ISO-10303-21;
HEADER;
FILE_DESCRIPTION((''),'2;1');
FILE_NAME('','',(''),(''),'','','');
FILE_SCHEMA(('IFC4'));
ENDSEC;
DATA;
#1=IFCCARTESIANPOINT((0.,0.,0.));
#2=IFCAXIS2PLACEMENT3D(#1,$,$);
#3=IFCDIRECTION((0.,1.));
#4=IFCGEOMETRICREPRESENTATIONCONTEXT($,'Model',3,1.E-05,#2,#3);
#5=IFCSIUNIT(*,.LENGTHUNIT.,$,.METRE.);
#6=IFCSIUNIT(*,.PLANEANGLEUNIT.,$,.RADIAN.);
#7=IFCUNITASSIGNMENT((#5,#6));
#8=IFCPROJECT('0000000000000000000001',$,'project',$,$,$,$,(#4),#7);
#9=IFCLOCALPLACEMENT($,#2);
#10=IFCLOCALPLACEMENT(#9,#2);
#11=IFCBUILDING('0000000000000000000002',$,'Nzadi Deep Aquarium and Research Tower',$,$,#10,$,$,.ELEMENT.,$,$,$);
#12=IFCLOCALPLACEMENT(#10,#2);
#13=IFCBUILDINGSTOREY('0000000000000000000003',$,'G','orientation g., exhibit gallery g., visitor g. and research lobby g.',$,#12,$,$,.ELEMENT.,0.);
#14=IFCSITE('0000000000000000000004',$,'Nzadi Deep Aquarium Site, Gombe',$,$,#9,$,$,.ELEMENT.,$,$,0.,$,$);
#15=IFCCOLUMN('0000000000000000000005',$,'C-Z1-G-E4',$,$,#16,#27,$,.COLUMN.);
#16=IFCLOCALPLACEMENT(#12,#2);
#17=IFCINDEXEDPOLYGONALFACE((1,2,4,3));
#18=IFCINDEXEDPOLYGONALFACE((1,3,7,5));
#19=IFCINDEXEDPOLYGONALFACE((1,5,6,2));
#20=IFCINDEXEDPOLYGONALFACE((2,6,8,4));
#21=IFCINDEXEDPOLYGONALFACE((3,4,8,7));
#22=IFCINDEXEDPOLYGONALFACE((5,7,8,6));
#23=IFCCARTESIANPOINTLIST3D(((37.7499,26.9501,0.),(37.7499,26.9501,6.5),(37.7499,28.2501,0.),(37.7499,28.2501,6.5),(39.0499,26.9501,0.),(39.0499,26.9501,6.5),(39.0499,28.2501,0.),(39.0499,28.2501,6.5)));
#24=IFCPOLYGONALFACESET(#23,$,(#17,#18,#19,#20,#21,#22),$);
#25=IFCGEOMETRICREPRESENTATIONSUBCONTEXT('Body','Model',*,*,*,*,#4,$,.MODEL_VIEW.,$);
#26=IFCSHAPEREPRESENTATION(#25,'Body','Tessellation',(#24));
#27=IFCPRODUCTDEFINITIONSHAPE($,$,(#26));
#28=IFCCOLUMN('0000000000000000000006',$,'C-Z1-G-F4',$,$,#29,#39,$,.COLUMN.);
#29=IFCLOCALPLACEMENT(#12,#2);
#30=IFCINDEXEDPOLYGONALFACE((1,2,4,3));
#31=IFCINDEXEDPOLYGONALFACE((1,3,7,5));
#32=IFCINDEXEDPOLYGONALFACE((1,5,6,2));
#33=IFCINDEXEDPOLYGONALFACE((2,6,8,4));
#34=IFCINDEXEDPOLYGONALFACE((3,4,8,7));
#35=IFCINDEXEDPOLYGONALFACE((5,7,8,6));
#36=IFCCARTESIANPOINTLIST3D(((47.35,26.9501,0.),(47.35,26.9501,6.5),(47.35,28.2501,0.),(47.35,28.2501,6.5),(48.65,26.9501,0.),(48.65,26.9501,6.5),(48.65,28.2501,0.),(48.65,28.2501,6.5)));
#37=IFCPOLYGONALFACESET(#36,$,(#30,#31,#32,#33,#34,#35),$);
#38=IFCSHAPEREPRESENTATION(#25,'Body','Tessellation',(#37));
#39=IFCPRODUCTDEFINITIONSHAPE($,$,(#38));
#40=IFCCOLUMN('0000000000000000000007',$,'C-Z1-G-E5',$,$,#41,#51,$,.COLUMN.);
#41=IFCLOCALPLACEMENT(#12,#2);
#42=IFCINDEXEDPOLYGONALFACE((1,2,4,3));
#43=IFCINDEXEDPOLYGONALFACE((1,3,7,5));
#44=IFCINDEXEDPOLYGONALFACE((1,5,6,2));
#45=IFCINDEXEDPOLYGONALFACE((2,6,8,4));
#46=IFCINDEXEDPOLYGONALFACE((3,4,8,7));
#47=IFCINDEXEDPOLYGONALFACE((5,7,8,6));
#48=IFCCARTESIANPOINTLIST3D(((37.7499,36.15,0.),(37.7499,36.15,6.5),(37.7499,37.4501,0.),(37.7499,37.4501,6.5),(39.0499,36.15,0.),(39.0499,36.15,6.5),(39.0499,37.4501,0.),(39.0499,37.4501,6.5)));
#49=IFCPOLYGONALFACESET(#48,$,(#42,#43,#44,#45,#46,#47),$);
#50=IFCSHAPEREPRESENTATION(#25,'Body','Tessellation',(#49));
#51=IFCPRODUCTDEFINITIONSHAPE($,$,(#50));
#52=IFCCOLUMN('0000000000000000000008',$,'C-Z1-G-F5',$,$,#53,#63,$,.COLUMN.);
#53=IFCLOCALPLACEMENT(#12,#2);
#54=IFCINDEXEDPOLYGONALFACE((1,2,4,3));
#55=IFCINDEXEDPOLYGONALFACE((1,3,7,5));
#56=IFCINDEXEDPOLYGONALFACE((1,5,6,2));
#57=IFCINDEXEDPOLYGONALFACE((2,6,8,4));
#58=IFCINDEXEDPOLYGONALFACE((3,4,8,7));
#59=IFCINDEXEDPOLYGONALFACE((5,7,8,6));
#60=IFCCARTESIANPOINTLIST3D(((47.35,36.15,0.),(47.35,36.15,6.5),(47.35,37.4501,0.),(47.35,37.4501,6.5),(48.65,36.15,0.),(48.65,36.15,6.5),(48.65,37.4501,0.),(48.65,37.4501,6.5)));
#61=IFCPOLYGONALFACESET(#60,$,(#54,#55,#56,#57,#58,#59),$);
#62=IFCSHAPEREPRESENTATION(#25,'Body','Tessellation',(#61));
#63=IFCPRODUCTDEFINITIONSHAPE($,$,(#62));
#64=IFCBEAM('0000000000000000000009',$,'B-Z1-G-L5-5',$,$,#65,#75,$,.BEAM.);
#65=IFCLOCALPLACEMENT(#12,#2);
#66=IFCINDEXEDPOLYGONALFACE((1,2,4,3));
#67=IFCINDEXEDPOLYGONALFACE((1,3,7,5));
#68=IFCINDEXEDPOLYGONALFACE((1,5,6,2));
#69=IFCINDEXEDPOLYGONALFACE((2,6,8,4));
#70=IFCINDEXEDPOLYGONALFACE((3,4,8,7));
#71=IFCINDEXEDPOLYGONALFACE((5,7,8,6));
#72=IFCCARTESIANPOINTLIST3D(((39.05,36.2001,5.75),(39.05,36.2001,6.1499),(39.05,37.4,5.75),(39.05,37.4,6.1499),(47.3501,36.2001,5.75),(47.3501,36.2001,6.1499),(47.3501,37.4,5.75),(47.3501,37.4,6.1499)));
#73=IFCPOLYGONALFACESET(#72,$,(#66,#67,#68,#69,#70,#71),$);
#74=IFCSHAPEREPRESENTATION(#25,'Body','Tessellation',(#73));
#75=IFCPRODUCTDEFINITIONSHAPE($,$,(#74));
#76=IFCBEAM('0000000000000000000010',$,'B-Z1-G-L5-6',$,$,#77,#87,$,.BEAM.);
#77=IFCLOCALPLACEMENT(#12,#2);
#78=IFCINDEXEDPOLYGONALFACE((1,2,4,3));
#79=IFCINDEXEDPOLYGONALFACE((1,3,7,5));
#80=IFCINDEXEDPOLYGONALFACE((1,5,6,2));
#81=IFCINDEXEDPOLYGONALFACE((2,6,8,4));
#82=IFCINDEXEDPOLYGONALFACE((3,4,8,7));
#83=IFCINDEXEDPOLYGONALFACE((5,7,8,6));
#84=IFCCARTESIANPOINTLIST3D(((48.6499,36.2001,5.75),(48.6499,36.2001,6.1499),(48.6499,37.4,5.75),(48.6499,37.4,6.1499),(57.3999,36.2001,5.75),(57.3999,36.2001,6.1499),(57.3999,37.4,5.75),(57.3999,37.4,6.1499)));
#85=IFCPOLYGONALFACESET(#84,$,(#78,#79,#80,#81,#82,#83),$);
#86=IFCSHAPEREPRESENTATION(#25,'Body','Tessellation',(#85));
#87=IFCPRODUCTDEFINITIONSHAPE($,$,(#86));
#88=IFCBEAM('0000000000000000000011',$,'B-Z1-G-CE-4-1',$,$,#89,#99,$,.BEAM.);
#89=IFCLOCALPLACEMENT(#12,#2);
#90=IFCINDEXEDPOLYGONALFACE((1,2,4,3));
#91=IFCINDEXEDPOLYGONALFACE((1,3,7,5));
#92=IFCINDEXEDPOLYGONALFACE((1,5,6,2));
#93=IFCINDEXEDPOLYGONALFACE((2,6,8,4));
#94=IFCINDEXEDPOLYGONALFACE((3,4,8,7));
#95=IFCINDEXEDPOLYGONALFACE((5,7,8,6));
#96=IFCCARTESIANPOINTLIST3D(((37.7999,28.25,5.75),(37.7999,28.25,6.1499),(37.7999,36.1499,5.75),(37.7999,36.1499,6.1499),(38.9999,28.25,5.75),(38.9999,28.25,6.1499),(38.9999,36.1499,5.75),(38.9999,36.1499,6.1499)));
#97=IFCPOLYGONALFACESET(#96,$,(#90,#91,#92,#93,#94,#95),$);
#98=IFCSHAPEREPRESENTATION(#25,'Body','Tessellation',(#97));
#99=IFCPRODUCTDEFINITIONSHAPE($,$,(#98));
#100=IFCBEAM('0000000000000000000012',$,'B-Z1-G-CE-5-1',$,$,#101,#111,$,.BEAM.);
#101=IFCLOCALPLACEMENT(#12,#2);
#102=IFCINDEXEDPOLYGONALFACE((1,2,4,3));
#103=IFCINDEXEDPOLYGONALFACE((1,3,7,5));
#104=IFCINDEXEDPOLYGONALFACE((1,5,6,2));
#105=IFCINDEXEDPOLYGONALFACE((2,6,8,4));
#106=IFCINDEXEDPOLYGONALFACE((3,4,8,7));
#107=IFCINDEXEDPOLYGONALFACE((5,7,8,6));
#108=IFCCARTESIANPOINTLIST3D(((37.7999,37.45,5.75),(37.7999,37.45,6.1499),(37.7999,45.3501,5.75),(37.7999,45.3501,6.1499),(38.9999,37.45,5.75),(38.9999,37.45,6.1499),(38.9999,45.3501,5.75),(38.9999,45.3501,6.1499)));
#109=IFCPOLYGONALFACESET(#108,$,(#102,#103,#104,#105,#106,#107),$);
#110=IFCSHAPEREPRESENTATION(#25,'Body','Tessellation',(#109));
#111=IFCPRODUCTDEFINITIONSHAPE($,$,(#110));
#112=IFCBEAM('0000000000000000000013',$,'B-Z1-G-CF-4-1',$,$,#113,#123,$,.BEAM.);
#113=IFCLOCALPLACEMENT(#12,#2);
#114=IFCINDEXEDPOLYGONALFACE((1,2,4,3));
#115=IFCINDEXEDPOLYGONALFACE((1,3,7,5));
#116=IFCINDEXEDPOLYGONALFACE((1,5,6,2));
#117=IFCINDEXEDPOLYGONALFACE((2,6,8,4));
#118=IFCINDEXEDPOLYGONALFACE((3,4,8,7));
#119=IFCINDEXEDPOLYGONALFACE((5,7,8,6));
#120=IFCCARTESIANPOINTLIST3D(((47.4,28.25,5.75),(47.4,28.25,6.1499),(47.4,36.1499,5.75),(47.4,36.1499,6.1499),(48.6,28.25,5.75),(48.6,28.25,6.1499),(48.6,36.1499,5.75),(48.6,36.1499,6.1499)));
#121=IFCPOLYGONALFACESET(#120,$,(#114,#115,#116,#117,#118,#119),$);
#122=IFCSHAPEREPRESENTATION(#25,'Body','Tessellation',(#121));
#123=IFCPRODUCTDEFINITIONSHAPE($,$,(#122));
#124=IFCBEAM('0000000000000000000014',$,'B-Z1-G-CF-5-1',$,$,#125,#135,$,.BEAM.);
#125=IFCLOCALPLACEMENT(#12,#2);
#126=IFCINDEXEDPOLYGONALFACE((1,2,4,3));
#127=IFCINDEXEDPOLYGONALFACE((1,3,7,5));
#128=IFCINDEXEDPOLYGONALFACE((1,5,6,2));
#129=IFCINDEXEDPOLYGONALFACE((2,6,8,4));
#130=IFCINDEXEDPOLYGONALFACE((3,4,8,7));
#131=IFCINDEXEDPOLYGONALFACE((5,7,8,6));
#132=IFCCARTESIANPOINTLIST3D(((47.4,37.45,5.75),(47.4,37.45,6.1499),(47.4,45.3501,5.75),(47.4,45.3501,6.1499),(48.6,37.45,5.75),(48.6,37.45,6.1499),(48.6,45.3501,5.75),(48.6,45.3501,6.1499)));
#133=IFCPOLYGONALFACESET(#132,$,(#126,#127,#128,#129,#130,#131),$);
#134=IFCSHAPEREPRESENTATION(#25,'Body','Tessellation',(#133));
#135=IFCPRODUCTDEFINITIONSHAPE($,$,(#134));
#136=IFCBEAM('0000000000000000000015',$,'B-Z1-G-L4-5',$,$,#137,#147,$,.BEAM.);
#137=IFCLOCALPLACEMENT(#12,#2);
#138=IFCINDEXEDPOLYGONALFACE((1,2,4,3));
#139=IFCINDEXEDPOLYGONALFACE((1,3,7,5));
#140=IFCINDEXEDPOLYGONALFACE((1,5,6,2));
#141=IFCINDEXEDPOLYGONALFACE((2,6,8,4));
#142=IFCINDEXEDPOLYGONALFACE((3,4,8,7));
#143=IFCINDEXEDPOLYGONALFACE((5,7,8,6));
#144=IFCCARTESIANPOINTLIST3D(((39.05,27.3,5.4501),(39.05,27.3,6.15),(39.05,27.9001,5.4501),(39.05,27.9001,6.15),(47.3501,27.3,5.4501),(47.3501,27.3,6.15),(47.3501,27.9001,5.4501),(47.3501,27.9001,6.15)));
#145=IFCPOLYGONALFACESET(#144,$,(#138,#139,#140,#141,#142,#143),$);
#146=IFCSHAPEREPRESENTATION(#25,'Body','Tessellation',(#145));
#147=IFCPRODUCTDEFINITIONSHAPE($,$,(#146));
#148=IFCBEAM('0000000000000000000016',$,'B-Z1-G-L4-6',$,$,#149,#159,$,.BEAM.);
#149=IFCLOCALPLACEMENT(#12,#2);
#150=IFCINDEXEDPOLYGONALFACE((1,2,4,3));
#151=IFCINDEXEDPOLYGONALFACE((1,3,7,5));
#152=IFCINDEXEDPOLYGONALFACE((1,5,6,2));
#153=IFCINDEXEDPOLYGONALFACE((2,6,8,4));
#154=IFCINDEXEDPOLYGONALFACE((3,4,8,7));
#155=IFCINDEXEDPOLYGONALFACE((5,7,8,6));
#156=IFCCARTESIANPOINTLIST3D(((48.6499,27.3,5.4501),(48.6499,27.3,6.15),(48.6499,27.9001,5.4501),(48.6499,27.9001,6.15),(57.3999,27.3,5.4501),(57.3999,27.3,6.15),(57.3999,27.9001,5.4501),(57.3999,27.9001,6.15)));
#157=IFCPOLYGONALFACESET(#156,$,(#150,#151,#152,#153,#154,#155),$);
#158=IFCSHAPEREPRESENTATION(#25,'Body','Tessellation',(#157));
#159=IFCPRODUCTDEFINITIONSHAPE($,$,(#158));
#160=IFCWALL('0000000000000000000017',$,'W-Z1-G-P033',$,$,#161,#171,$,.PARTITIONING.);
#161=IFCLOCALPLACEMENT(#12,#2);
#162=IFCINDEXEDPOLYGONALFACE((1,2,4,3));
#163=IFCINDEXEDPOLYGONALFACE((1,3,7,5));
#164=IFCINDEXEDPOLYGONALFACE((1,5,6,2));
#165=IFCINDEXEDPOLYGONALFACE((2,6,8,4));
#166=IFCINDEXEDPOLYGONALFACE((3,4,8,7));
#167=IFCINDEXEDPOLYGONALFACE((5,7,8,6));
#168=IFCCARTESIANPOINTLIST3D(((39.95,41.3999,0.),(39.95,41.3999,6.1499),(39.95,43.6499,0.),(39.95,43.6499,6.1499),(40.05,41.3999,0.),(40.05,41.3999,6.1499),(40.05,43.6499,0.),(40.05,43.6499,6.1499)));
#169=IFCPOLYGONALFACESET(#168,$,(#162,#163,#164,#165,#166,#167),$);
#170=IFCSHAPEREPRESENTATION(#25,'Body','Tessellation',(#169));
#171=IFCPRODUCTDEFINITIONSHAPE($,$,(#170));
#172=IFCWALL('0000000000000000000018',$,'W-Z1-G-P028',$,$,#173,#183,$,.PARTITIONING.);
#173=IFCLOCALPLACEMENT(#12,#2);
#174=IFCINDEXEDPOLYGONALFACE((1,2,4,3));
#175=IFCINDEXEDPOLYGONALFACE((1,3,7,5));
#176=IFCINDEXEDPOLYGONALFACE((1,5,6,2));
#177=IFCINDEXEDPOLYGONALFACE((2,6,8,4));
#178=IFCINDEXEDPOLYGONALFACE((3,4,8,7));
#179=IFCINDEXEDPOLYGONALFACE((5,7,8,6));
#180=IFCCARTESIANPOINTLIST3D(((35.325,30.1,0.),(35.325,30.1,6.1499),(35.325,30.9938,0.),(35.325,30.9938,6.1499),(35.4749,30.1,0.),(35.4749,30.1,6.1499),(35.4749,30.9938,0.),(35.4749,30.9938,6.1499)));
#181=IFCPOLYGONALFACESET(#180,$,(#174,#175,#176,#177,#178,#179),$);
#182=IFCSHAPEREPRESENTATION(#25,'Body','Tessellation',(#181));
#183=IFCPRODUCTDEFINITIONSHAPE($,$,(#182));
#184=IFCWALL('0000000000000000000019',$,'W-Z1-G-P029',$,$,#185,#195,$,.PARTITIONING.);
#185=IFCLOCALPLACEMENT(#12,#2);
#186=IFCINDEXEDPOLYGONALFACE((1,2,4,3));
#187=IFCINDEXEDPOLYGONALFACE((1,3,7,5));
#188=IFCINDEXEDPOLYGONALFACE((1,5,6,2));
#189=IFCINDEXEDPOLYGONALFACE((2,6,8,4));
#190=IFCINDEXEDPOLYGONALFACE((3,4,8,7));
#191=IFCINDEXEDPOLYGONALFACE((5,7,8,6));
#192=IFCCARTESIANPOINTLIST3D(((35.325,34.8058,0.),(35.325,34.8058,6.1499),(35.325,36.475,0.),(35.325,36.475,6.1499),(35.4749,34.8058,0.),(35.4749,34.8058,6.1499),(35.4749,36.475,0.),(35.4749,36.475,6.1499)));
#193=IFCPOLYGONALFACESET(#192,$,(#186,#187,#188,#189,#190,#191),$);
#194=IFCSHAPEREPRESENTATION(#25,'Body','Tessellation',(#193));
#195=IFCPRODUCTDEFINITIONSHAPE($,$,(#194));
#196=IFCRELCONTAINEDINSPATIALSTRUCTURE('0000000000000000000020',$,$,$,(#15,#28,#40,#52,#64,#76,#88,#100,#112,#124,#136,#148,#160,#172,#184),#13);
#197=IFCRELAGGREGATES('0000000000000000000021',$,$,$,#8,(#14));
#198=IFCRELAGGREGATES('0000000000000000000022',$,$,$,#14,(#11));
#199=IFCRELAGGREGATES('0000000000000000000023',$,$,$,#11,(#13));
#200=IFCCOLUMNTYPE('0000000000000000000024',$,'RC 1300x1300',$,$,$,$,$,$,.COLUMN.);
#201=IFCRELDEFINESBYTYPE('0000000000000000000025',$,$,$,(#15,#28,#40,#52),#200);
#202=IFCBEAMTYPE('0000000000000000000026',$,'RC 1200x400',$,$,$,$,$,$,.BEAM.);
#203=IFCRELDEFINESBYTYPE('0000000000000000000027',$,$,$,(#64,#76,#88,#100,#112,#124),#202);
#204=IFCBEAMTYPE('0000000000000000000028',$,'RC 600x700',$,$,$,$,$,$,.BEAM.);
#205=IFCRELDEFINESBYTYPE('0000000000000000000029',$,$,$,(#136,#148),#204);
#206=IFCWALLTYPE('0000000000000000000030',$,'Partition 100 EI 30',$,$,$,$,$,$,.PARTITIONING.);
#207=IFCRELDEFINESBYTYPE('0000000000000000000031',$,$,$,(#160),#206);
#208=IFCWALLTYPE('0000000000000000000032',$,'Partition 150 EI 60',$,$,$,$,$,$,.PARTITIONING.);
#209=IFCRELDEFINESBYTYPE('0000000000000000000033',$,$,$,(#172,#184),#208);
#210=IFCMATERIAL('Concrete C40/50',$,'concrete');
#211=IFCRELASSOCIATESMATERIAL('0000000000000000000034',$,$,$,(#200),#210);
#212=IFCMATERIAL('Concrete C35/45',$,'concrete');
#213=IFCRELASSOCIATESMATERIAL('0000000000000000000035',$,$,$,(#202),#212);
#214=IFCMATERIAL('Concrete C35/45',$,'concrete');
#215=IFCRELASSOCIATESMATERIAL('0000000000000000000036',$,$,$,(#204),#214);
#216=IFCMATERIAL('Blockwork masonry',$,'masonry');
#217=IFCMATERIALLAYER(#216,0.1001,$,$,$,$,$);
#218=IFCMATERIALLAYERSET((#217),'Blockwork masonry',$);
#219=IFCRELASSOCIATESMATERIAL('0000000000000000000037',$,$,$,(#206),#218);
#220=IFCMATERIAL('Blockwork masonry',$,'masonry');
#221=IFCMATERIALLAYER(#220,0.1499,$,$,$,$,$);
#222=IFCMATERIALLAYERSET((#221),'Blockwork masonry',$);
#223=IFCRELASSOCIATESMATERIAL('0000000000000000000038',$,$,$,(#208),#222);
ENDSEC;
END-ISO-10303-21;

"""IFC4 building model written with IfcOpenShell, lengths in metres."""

from ifc_helpers import new_model, si_unit, direction, frame, frame_2d, origin, origin_2d, place, context, subcontext, project, spatial, rectangle, extrude, material, layer, layer_set, material_profile, profile_set, type_object, element, save


model = new_model("IFC4")

# Units and contexts
model_context = context("Model", 3, precision=1e-05, world=origin(), true_north=direction((0.0, 1.0)))
body_context = subcontext(model_context, "Body", "Model", "MODEL_VIEW")
ifc_project = project(units=[si_unit("LENGTHUNIT", "METRE"), si_unit("PLANEANGLEUNIT", "RADIAN")], contexts=[model_context])

# Site, building, storey
site_placement = place(None, origin())
site = spatial("IfcSite", under=ifc_project, at=site_placement, Name="Nzadi Deep Aquarium Site, Gombe", CompositionType="ELEMENT", RefElevation=0.0)
building_placement = place(site_placement, origin())
building = spatial("IfcBuilding", under=site, at=building_placement, Name="Nzadi Deep Aquarium and Research Tower", CompositionType="ELEMENT")
storey_placement = place(building_placement, origin())
storey = spatial("IfcBuildingStorey", under=building, at=storey_placement, Name="G", Description="orientation g., exhibit gallery g., visitor g. and research lobby g.", CompositionType="ELEMENT", Elevation=0.0)

# Columns
ifc_material_1 = material(Name="Concrete C40/50", Category="concrete")
ifc_material_profile_1 = material_profile(ifc_material_1, rectangle(XDim=1.3, YDim=1.3, at=origin_2d()))
ifc_profile_set_1 = profile_set([ifc_material_profile_1], Name="Concrete C40/50")
column_type = type_object("IfcColumnType", Name="RC 1300x1300", PredefinedType="COLUMN", material=ifc_profile_set_1)
for number, where, z_axis, x_axis, name in (
    (1, (38.3999, 27.6001, 0.0), (0.0, 0.0, 1.0), (1.0, 0.0, 0.0), "C-Z1-G-E4"),
    (2, (48.0, 27.6001, 0.0), (0.0, 0.0, 1.0), (1.0, 0.0, 0.0), "C-Z1-G-F4"),
    (3, (38.3999, 36.8, 0.0), (0.0, 0.0, 1.0), (1.0, 0.0, 0.0), "C-Z1-G-E5"),
    (4, (48.0, 36.8, 0.0), (0.0, 0.0, 1.0), (1.0, 0.0, 0.0), "C-Z1-G-F5"),
):
    element("IfcColumn", number, at=place(storey_placement, frame(where, z_axis=z_axis, x_axis=x_axis)), inside=storey, type_object=column_type, Name=name, PredefinedType="COLUMN", context=body_context, shape_type="SweptSolid", body=[
        extrude(rectangle(XDim=1.3, YDim=1.3, at=origin_2d()), origin(), (0.0, 0.0, 1.0), 6.5),
    ])

# Beams
ifc_material_2 = material(Name="Concrete C35/45", Category="concrete")
ifc_material_profile_2 = material_profile(ifc_material_2, rectangle(XDim=1.2, YDim=0.3999, at=origin_2d()))
ifc_profile_set_2 = profile_set([ifc_material_profile_2], Name="Concrete C35/45")
beam_type_1 = type_object("IfcBeamType", Name="RC 1200x400", PredefinedType="BEAM", material=ifc_profile_set_2)
beam_1_placement = place(storey_placement, frame((39.05, 36.8, 5.95), z_axis=(1.0, 0.0, 0.0), x_axis=(0.0, 1.0, 0.0)))
element("IfcBeam", 5, at=beam_1_placement, inside=storey, type_object=beam_type_1, Name="B-Z1-G-L5-5", PredefinedType="BEAM", context=body_context, shape_type="SweptSolid", body=[
    extrude(rectangle(XDim=1.2, YDim=0.3999, at=origin_2d()), origin(), (0.0, 0.0, 1.0), 8.3),
])
beam_2_placement = place(storey_placement, frame((48.6499, 36.8, 5.95), z_axis=(1.0, 0.0, 0.0), x_axis=(0.0, 1.0, 0.0)))
element("IfcBeam", 6, at=beam_2_placement, inside=storey, type_object=beam_type_1, Name="B-Z1-G-L5-6", PredefinedType="BEAM", context=body_context, shape_type="SweptSolid", body=[
    extrude(rectangle(XDim=1.2, YDim=0.3999, at=origin_2d()), origin(), (0.0, 0.0, 1.0), 8.75),
])
beam_3_placement = place(storey_placement, frame((38.3999, 28.25, 5.95), z_axis=(0.0, 1.0, 0.0), x_axis=(-1.0, 0.0, 0.0)))
element("IfcBeam", 7, at=beam_3_placement, inside=storey, type_object=beam_type_1, Name="B-Z1-G-CE-4-1", PredefinedType="BEAM", context=body_context, shape_type="SweptSolid", body=[
    extrude(rectangle(XDim=1.2, YDim=0.3999, at=origin_2d()), origin(), (0.0, 0.0, 1.0), 7.8999),
])
beam_4_placement = place(storey_placement, frame((38.3999, 37.45, 5.95), z_axis=(0.0, 1.0, 0.0), x_axis=(-1.0, 0.0, 0.0)))
element("IfcBeam", 8, at=beam_4_placement, inside=storey, type_object=beam_type_1, Name="B-Z1-G-CE-5-1", PredefinedType="BEAM", context=body_context, shape_type="SweptSolid", body=[
    extrude(rectangle(XDim=1.2, YDim=0.3999, at=origin_2d()), origin(), (0.0, 0.0, 1.0), 7.9001),
])
beam_5_placement = place(storey_placement, frame((48.0, 28.25, 5.95), z_axis=(0.0, 1.0, 0.0), x_axis=(-1.0, 0.0, 0.0)))
element("IfcBeam", 9, at=beam_5_placement, inside=storey, type_object=beam_type_1, Name="B-Z1-G-CF-4-1", PredefinedType="BEAM", context=body_context, shape_type="SweptSolid", body=[
    extrude(rectangle(XDim=1.2, YDim=0.3999, at=origin_2d()), origin(), (0.0, 0.0, 1.0), 7.8999),
])
beam_6_placement = place(storey_placement, frame((48.0, 37.45, 5.95), z_axis=(0.0, 1.0, 0.0), x_axis=(-1.0, 0.0, 0.0)))
element("IfcBeam", 10, at=beam_6_placement, inside=storey, type_object=beam_type_1, Name="B-Z1-G-CF-5-1", PredefinedType="BEAM", context=body_context, shape_type="SweptSolid", body=[
    extrude(rectangle(XDim=1.2, YDim=0.3999, at=origin_2d()), origin(), (0.0, 0.0, 1.0), 7.9001),
])
ifc_material_3 = material(Name="Concrete C35/45", Category="concrete")
ifc_material_profile_3 = material_profile(ifc_material_3, rectangle(XDim=0.6001, YDim=0.7, at=origin_2d()))
ifc_profile_set_3 = profile_set([ifc_material_profile_3], Name="Concrete C35/45")
beam_type_2 = type_object("IfcBeamType", Name="RC 600x700", PredefinedType="BEAM", material=ifc_profile_set_3)
beam_7_placement = place(storey_placement, frame((39.05, 27.6001, 5.8), z_axis=(1.0, 0.0, 0.0), x_axis=(0.0, 1.0, 0.0)))
element("IfcBeam", 11, at=beam_7_placement, inside=storey, type_object=beam_type_2, Name="B-Z1-G-L4-5", PredefinedType="BEAM", context=body_context, shape_type="SweptSolid", body=[
    extrude(rectangle(XDim=0.6001, YDim=0.7, at=origin_2d()), origin(), (0.0, 0.0, 1.0), 8.3),
])
beam_8_placement = place(storey_placement, frame((48.6499, 27.6001, 5.8), z_axis=(1.0, 0.0, 0.0), x_axis=(0.0, 1.0, 0.0)))
element("IfcBeam", 12, at=beam_8_placement, inside=storey, type_object=beam_type_2, Name="B-Z1-G-L4-6", PredefinedType="BEAM", context=body_context, shape_type="SweptSolid", body=[
    extrude(rectangle(XDim=0.6001, YDim=0.7, at=origin_2d()), origin(), (0.0, 0.0, 1.0), 8.75),
])

# Walls
ifc_material_4 = material(Name="Blockwork masonry", Category="masonry")
ifc_layer_1 = layer(ifc_material_4, 0.1001)
ifc_layer_set_1 = layer_set([ifc_layer_1], Name="Blockwork masonry")
wall_type_1 = type_object("IfcWallType", Name="Partition 100 EI 30", PredefinedType="PARTITIONING", material=ifc_layer_set_1)
wall_1_placement = place(storey_placement, frame((40.0, 41.3999, 0.0), z_axis=(0.0, 0.0, 1.0), x_axis=(0.0, 1.0, 0.0)))
element("IfcWall", 13, at=wall_1_placement, inside=storey, type_object=wall_type_1, Name="W-Z1-G-P033", PredefinedType="PARTITIONING", context=body_context, shape_type="SweptSolid", body=[
    extrude(rectangle(XDim=2.25, YDim=0.1001, at=frame_2d((1.125, 0.0))), origin(), (0.0, 0.0, 1.0), 6.1499),
])
ifc_material_5 = material(Name="Blockwork masonry", Category="masonry")
ifc_layer_2 = layer(ifc_material_5, 0.1499)
ifc_layer_set_2 = layer_set([ifc_layer_2], Name="Blockwork masonry")
wall_type_2 = type_object("IfcWallType", Name="Partition 150 EI 60", PredefinedType="PARTITIONING", material=ifc_layer_set_2)
wall_2_placement = place(storey_placement, frame((35.3999, 30.1001, 0.0), z_axis=(0.0, 0.0, 1.0), x_axis=(0.0, 1.0, 0.0)))
element("IfcWall", 14, at=wall_2_placement, inside=storey, type_object=wall_type_2, Name="W-Z1-G-P028", PredefinedType="PARTITIONING", context=body_context, shape_type="SweptSolid", body=[
    extrude(rectangle(XDim=0.8938, YDim=0.1499, at=frame_2d((0.4468, 0.0))), origin(), (0.0, 0.0, 1.0), 6.1499),
])
wall_3_placement = place(storey_placement, frame((35.3999, 34.8059, 0.0), z_axis=(0.0, 0.0, 1.0), x_axis=(0.0, 1.0, 0.0)))
element("IfcWall", 15, at=wall_3_placement, inside=storey, type_object=wall_type_2, Name="W-Z1-G-P029", PredefinedType="PARTITIONING", context=body_context, shape_type="SweptSolid", body=[
    extrude(rectangle(XDim=1.6692, YDim=0.1499, at=frame_2d((0.8345, 0.0))), origin(), (0.0, 0.0, 1.0), 6.1499),
])

save(model, "model.ifc")
